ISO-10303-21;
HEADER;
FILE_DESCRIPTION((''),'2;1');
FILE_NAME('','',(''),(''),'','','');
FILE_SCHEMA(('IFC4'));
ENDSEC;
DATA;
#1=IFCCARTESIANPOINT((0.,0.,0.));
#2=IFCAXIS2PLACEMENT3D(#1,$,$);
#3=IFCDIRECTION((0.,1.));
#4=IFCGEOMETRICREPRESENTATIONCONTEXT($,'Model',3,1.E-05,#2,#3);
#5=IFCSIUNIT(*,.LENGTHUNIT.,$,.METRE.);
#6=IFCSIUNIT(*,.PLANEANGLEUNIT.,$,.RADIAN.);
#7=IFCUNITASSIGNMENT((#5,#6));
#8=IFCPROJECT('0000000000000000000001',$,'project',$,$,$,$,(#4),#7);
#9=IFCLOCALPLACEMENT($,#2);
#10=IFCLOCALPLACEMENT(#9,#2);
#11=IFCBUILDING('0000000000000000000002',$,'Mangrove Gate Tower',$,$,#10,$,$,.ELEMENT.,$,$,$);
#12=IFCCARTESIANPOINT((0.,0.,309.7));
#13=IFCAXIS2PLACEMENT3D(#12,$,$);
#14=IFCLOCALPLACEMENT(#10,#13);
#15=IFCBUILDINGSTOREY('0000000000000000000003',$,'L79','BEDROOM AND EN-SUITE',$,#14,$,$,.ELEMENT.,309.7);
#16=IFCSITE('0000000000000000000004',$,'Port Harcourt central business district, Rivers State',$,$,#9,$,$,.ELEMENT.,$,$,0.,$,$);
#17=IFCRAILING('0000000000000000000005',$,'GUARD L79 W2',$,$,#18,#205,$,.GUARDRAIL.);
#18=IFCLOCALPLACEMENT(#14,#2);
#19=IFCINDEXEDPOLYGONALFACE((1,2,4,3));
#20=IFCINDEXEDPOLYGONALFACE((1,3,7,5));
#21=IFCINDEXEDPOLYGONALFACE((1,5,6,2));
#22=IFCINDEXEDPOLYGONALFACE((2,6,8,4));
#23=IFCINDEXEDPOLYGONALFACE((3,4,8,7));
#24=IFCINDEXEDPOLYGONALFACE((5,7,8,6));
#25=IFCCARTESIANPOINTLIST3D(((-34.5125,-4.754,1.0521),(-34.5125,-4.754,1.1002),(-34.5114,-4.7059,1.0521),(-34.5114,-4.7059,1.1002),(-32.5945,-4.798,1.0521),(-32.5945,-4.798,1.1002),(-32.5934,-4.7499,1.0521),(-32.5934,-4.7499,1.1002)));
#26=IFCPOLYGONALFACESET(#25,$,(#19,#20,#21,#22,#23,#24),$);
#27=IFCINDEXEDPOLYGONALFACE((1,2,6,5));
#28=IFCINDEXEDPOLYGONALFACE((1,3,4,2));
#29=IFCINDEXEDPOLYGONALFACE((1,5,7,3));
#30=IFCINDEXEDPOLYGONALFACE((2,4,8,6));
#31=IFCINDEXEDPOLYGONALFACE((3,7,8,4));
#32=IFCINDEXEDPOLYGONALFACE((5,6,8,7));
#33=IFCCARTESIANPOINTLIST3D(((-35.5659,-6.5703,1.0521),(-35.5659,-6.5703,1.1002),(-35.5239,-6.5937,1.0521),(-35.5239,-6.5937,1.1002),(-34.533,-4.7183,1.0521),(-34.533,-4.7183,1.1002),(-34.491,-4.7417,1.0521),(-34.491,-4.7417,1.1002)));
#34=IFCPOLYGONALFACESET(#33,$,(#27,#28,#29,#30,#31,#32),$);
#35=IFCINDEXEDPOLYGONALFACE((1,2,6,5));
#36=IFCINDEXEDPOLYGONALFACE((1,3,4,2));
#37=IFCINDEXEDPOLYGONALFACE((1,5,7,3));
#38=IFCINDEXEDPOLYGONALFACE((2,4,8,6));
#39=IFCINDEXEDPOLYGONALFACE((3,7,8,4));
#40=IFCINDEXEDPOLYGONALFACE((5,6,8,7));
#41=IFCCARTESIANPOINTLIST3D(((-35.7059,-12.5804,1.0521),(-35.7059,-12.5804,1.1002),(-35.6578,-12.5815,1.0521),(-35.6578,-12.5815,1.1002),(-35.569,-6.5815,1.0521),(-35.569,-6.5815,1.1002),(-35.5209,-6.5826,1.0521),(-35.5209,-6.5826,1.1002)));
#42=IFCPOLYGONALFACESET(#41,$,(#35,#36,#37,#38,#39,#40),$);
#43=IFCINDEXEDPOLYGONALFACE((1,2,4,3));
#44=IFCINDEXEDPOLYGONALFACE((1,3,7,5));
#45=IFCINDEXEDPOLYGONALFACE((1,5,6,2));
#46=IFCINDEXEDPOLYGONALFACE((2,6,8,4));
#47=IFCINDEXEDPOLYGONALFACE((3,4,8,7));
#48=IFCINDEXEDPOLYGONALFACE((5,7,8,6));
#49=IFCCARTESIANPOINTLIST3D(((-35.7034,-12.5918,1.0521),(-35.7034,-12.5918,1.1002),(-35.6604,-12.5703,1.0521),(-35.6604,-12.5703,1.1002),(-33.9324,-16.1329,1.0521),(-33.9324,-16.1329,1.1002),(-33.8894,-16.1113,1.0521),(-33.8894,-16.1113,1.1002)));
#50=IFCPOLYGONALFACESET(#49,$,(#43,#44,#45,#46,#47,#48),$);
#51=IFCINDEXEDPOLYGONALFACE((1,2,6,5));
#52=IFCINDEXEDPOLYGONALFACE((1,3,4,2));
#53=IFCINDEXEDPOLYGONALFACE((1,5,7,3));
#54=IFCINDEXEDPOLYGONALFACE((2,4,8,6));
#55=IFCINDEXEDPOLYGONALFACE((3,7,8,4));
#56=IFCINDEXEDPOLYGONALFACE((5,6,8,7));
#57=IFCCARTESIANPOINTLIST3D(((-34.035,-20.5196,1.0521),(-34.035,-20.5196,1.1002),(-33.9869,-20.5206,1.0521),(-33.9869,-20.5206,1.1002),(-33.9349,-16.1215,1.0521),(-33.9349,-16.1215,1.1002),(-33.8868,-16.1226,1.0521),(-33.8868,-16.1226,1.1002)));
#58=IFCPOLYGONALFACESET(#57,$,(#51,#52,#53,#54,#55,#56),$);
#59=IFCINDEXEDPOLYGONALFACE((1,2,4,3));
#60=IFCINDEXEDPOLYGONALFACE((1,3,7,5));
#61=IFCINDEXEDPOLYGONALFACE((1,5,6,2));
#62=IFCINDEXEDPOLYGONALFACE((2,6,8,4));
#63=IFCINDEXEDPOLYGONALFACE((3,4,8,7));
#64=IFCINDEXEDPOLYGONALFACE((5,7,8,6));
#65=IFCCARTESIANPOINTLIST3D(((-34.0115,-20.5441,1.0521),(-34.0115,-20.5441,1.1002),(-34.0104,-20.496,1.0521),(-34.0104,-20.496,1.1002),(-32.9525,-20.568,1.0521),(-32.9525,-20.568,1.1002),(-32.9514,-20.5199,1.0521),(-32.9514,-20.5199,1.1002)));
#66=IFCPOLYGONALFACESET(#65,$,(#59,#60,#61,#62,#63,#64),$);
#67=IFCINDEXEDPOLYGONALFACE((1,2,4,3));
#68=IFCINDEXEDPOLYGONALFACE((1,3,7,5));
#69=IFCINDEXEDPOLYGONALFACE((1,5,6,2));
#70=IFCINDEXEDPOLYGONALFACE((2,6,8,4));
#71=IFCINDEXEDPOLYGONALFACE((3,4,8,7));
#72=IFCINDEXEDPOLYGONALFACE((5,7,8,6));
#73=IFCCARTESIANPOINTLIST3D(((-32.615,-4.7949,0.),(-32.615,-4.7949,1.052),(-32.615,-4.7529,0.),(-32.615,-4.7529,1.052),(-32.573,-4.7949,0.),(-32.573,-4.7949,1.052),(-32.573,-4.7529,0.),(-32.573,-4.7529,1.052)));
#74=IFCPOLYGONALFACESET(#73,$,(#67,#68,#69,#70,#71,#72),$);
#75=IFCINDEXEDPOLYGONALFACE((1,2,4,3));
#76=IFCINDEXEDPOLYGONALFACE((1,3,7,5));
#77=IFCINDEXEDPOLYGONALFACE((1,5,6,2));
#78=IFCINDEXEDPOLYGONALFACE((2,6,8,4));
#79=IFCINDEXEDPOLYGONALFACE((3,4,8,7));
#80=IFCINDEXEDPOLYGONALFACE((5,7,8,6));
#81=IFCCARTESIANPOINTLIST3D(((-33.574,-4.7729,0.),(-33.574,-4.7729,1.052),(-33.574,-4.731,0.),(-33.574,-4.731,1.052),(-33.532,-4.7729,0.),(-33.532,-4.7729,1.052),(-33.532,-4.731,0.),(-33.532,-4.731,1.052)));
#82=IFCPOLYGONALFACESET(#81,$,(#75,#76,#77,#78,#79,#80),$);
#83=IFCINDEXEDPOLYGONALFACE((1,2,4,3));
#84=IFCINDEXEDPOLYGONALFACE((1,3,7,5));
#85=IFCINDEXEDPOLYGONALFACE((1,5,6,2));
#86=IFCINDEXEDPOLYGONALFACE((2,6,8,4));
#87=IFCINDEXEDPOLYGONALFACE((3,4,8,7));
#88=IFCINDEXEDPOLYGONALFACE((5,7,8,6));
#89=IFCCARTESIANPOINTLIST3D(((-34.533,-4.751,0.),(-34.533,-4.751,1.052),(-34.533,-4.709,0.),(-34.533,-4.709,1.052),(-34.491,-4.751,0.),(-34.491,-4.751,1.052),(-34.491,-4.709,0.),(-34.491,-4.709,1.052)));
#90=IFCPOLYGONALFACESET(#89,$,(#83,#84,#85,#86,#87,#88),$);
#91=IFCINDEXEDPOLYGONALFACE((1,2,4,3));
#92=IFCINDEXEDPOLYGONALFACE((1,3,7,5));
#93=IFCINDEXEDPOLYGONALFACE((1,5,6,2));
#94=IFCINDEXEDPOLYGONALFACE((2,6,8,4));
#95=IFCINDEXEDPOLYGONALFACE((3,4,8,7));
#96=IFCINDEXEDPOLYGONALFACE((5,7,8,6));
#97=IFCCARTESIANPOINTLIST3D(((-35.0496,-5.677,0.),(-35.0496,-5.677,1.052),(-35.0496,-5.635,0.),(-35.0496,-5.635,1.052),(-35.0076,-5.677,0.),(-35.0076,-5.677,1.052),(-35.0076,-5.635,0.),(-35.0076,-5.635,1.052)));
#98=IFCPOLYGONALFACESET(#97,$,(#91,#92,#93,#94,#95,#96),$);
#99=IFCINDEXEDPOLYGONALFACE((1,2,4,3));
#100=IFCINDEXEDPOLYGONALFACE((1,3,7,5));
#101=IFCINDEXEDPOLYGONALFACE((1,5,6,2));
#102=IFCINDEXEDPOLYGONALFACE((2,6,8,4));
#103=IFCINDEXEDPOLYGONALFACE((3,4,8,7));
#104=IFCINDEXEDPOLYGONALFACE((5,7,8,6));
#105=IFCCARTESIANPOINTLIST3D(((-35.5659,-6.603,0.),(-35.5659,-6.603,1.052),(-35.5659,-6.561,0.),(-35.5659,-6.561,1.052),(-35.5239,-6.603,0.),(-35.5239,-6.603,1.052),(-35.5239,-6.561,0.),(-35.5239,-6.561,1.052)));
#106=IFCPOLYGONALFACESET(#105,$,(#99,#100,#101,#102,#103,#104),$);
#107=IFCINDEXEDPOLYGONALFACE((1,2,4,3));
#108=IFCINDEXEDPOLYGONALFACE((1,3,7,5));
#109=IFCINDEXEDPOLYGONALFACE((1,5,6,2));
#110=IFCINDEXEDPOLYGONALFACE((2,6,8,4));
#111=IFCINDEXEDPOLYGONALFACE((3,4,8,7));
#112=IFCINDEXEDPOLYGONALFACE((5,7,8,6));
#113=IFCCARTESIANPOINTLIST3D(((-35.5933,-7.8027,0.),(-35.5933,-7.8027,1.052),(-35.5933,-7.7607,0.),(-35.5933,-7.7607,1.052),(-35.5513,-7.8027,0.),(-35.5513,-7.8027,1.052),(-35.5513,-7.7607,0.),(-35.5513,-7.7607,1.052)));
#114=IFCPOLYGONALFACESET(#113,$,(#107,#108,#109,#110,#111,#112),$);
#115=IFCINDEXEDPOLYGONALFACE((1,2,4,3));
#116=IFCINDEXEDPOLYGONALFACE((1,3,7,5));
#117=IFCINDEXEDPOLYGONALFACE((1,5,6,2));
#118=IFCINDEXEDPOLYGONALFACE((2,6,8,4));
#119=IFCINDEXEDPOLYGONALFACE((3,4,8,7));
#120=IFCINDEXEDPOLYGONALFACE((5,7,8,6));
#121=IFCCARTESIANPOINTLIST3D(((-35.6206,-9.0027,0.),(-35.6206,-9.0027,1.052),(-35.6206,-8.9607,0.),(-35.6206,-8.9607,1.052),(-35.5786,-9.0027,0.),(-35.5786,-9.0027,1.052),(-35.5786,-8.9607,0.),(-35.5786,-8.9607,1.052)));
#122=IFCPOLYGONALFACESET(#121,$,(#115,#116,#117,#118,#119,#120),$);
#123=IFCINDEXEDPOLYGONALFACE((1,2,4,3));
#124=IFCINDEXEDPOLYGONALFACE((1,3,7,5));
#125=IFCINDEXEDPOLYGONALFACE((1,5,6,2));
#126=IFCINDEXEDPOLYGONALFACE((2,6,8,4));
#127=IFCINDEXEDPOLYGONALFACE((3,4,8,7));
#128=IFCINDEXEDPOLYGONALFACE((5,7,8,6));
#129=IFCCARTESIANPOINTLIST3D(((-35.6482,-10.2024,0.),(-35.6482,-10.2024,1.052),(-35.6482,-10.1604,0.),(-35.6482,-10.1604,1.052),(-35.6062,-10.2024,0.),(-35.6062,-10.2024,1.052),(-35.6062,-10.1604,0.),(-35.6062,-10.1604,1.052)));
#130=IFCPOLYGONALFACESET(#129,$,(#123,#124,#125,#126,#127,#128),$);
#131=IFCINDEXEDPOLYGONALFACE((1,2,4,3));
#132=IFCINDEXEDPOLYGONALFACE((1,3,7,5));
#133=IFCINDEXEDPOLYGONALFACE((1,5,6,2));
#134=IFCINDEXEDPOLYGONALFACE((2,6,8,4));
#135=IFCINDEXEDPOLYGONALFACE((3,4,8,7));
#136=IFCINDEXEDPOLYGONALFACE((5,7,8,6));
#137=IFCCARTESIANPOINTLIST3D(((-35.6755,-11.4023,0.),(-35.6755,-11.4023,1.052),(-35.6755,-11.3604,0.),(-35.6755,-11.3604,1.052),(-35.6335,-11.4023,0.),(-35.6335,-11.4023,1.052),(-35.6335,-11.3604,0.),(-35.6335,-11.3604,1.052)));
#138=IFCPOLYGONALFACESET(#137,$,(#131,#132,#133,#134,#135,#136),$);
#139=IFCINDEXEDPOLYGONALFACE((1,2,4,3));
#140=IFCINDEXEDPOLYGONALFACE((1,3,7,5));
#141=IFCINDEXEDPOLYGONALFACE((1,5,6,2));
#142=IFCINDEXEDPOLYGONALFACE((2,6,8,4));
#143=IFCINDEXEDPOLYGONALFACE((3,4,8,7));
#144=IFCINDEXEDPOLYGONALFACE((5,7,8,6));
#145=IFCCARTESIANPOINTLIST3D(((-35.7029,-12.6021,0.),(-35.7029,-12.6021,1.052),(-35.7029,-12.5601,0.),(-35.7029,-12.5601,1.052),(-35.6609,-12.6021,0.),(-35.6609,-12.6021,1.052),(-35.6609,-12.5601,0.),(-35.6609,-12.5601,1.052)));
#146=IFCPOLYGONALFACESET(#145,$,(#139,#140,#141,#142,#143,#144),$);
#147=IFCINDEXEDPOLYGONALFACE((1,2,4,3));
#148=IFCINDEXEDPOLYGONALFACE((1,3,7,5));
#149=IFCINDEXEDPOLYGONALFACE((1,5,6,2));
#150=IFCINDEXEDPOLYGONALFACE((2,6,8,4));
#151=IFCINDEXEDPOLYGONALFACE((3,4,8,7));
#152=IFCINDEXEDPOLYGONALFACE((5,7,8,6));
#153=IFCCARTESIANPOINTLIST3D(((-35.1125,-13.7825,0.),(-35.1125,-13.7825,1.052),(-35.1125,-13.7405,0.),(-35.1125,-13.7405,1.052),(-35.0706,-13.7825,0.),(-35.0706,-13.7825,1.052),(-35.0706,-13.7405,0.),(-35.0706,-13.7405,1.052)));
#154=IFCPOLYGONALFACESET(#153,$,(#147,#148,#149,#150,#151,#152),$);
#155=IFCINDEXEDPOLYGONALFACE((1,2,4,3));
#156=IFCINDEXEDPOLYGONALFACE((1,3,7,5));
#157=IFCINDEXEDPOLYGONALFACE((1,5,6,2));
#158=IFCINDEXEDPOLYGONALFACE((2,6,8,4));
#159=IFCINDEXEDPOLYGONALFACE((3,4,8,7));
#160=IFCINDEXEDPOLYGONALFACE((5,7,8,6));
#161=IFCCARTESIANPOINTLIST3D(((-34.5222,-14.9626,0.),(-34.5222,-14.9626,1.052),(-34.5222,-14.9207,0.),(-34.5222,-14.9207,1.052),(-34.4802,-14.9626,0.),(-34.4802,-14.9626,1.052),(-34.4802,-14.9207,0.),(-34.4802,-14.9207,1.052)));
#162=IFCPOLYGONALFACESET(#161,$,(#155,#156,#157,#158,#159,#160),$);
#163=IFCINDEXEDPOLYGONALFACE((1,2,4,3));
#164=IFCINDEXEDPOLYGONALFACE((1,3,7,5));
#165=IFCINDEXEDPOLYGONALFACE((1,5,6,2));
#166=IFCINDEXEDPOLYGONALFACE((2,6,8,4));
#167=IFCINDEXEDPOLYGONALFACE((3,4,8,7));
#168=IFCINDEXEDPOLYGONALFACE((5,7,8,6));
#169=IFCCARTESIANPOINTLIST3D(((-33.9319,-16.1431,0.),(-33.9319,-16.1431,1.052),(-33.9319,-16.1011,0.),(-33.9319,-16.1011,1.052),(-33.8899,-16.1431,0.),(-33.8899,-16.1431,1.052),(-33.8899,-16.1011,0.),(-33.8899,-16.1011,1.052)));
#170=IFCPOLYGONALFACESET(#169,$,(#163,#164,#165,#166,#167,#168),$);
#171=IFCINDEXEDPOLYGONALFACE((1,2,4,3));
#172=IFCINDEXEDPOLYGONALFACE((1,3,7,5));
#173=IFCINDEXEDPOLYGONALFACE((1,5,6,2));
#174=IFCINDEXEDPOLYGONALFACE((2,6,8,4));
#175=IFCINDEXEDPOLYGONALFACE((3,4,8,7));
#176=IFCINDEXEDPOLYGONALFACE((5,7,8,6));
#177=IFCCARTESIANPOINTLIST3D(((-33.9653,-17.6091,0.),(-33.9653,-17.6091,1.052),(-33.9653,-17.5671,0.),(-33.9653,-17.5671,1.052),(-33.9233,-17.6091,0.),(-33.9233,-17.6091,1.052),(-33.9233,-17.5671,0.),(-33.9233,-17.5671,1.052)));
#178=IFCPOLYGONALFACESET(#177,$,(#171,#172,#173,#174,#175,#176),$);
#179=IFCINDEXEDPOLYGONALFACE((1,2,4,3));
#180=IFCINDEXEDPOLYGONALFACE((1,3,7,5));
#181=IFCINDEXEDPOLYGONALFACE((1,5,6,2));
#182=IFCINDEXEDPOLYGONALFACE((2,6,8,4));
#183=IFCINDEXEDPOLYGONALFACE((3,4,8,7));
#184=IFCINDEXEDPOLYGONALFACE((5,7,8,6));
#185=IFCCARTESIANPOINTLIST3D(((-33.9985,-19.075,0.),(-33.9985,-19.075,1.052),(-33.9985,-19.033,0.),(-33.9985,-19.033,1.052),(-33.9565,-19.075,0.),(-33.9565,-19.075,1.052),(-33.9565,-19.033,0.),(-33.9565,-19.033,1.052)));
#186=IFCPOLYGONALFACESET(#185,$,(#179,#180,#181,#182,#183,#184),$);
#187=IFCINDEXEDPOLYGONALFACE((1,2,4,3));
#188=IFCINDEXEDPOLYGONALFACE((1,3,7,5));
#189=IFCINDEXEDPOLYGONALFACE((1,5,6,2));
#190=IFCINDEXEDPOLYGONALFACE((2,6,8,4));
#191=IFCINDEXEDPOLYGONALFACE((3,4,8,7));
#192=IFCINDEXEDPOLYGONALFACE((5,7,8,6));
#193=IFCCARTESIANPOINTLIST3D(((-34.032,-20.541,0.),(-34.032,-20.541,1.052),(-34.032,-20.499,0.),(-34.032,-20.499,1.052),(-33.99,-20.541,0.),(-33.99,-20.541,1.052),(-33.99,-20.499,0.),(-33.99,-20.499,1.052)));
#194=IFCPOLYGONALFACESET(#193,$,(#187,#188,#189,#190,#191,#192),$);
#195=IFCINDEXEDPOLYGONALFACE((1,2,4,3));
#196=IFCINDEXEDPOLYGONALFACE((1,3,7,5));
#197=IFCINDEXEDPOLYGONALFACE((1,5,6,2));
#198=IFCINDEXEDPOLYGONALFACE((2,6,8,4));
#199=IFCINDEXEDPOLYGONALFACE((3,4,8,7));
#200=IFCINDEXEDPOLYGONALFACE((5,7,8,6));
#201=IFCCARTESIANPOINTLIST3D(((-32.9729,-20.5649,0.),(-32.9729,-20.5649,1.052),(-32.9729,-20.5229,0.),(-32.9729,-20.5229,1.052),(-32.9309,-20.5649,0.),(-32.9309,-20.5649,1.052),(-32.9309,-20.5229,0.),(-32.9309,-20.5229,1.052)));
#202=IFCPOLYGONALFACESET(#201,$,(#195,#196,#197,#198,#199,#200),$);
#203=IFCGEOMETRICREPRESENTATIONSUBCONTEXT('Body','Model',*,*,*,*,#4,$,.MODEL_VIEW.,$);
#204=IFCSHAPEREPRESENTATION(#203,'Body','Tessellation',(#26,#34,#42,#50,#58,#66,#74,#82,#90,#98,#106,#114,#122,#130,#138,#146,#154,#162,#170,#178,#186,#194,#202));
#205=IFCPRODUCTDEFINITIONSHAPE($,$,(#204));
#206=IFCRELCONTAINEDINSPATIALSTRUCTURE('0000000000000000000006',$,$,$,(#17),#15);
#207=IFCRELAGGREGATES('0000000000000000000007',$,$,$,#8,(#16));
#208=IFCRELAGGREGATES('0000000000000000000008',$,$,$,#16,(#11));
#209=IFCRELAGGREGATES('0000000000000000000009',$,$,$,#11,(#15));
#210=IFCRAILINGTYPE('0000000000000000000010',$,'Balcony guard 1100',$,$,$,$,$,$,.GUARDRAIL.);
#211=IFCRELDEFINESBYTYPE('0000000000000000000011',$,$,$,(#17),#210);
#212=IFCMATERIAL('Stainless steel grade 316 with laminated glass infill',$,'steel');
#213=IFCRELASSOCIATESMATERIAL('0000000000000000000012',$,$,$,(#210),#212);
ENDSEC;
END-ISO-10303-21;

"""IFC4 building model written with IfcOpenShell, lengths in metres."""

from ifc_helpers import new_model, si_unit, direction, frame, origin, origin_2d, place, context, subcontext, project, spatial, rectangle, extrude, material, type_object, element, save


model = new_model("IFC4")

# Units and contexts
model_context = context("Model", 3, precision=1e-05, world=origin(), true_north=direction((0.0, 1.0)))
body_context = subcontext(model_context, "Body", "Model", "MODEL_VIEW")
ifc_project = project(units=[si_unit("LENGTHUNIT", "METRE"), si_unit("PLANEANGLEUNIT", "RADIAN")], contexts=[model_context])

# Site, building, storey
site_placement = place(None, origin())
site = spatial("IfcSite", under=ifc_project, at=site_placement, Name="Port Harcourt central business district, Rivers State", CompositionType="ELEMENT", RefElevation=0.0)
building_placement = place(site_placement, origin())
building = spatial("IfcBuilding", under=site, at=building_placement, Name="Mangrove Gate Tower", CompositionType="ELEMENT")
storey_placement = place(building_placement, frame((0.0, 0.0, 309.7)))
storey = spatial("IfcBuildingStorey", under=building, at=storey_placement, Name="L79", Description="BEDROOM AND EN-SUITE", CompositionType="ELEMENT", Elevation=309.7)

# Railing
ifc_material_1 = material(Name="Stainless steel grade 316 with laminated glass infill", Category="steel")
railing_type = type_object("IfcRailingType", Name="Balcony guard 1100", PredefinedType="GUARDRAIL", material=ifc_material_1)
railing_placement = place(storey_placement, frame((-32.594, -4.7739, 0.0)))
element("IfcRailing", 1, at=railing_placement, inside=storey, type_object=railing_type, Name="GUARD L79 W2", PredefinedType="GUARDRAIL", context=body_context, shape_type="SweptSolid", body=[
    extrude(rectangle(XDim=0.0481, YDim=0.0481, at=origin_2d()), frame((0.0, 0.0, 1.0762), z_axis=(-0.999738, 0.022906, 0.0), x_axis=(-0.022906, -0.999738, 0.0)), (0.0, 0.0, 1.0), 1.9185),
    extrude(rectangle(XDim=0.0481, YDim=0.0481, at=origin_2d()), frame((-1.918, 0.0439, 1.0762), z_axis=(-0.487099, -0.873347, 0.0), x_axis=(0.873347, -0.487099, 0.0)), (0.0, 0.0, 1.0), 2.1206),
    extrude(rectangle(XDim=0.0481, YDim=0.0481, at=origin_2d()), frame((-2.9509, -1.8081, 1.0762), z_axis=(-0.022825, -0.999739, 0.0), x_axis=(0.999739, -0.022825, 0.0)), (0.0, 0.0, 1.0), 6.0005),
    extrude(rectangle(XDim=0.0481, YDim=0.0481, at=origin_2d()), frame((-3.0879, -7.8071, 1.0762), z_axis=(0.447312, -0.894378, 0.0), x_axis=(0.894378, 0.447312, 0.0)), (0.0, 0.0, 1.0), 3.9592),
    extrude(rectangle(XDim=0.0481, YDim=0.0481, at=origin_2d()), frame((-1.3169, -11.3481, 1.0762), z_axis=(-0.022754, -0.999741, 0.0), x_axis=(0.999741, -0.022754, 0.0)), (0.0, 0.0, 1.0), 4.3992),
    extrude(rectangle(XDim=0.0481, YDim=0.0481, at=origin_2d()), frame((-1.417, -15.7461, 1.0762), z_axis=(0.999745, -0.022585, 0.0), x_axis=(0.022585, 0.999745, 0.0)), (0.0, 0.0, 1.0), 1.0593),
    extrude(rectangle(XDim=0.042, YDim=0.042, at=origin_2d()), origin(), (0.0, 0.0, 1.0), 1.052),
    extrude(rectangle(XDim=0.042, YDim=0.042, at=origin_2d()), frame((-0.959, 0.022, 0.0)), (0.0, 0.0, 1.0), 1.052),
    extrude(rectangle(XDim=0.042, YDim=0.042, at=origin_2d()), frame((-1.918, 0.0439, 0.0)), (0.0, 0.0, 1.0), 1.052),
    extrude(rectangle(XDim=0.042, YDim=0.042, at=origin_2d()), frame((-2.4346, -0.8821, 0.0)), (0.0, 0.0, 1.0), 1.052),
    extrude(rectangle(XDim=0.042, YDim=0.042, at=origin_2d()), frame((-2.9509, -1.8081, 0.0)), (0.0, 0.0, 1.0), 1.052),
    extrude(rectangle(XDim=0.042, YDim=0.042, at=origin_2d()), frame((-2.9783, -3.0078, 0.0)), (0.0, 0.0, 1.0), 1.052),
    extrude(rectangle(XDim=0.042, YDim=0.042, at=origin_2d()), frame((-3.0056, -4.2078, 0.0)), (0.0, 0.0, 1.0), 1.052),
    extrude(rectangle(XDim=0.042, YDim=0.042, at=origin_2d()), frame((-3.0332, -5.4075, 0.0)), (0.0, 0.0, 1.0), 1.052),
    extrude(rectangle(XDim=0.042, YDim=0.042, at=origin_2d()), frame((-3.0605, -6.6074, 0.0)), (0.0, 0.0, 1.0), 1.052),
    extrude(rectangle(XDim=0.042, YDim=0.042, at=origin_2d()), frame((-3.0879, -7.8071, 0.0)), (0.0, 0.0, 1.0), 1.052),
    extrude(rectangle(XDim=0.042, YDim=0.042, at=origin_2d()), frame((-2.4976, -8.9875, 0.0)), (0.0, 0.0, 1.0), 1.052),
    extrude(rectangle(XDim=0.042, YDim=0.042, at=origin_2d()), frame((-1.9072, -10.1677, 0.0)), (0.0, 0.0, 1.0), 1.052),
    extrude(rectangle(XDim=0.042, YDim=0.042, at=origin_2d()), frame((-1.3169, -11.3481, 0.0)), (0.0, 0.0, 1.0), 1.052),
    extrude(rectangle(XDim=0.042, YDim=0.042, at=origin_2d()), frame((-1.3503, -12.8142, 0.0)), (0.0, 0.0, 1.0), 1.052),
    extrude(rectangle(XDim=0.042, YDim=0.042, at=origin_2d()), frame((-1.3835, -14.28, 0.0)), (0.0, 0.0, 1.0), 1.052),
    extrude(rectangle(XDim=0.042, YDim=0.042, at=origin_2d()), frame((-1.417, -15.7461, 0.0)), (0.0, 0.0, 1.0), 1.052),
    extrude(rectangle(XDim=0.042, YDim=0.042, at=origin_2d()), frame((-0.3579, -15.77, 0.0)), (0.0, 0.0, 1.0), 1.052),
])

save(model, "model.ifc")
